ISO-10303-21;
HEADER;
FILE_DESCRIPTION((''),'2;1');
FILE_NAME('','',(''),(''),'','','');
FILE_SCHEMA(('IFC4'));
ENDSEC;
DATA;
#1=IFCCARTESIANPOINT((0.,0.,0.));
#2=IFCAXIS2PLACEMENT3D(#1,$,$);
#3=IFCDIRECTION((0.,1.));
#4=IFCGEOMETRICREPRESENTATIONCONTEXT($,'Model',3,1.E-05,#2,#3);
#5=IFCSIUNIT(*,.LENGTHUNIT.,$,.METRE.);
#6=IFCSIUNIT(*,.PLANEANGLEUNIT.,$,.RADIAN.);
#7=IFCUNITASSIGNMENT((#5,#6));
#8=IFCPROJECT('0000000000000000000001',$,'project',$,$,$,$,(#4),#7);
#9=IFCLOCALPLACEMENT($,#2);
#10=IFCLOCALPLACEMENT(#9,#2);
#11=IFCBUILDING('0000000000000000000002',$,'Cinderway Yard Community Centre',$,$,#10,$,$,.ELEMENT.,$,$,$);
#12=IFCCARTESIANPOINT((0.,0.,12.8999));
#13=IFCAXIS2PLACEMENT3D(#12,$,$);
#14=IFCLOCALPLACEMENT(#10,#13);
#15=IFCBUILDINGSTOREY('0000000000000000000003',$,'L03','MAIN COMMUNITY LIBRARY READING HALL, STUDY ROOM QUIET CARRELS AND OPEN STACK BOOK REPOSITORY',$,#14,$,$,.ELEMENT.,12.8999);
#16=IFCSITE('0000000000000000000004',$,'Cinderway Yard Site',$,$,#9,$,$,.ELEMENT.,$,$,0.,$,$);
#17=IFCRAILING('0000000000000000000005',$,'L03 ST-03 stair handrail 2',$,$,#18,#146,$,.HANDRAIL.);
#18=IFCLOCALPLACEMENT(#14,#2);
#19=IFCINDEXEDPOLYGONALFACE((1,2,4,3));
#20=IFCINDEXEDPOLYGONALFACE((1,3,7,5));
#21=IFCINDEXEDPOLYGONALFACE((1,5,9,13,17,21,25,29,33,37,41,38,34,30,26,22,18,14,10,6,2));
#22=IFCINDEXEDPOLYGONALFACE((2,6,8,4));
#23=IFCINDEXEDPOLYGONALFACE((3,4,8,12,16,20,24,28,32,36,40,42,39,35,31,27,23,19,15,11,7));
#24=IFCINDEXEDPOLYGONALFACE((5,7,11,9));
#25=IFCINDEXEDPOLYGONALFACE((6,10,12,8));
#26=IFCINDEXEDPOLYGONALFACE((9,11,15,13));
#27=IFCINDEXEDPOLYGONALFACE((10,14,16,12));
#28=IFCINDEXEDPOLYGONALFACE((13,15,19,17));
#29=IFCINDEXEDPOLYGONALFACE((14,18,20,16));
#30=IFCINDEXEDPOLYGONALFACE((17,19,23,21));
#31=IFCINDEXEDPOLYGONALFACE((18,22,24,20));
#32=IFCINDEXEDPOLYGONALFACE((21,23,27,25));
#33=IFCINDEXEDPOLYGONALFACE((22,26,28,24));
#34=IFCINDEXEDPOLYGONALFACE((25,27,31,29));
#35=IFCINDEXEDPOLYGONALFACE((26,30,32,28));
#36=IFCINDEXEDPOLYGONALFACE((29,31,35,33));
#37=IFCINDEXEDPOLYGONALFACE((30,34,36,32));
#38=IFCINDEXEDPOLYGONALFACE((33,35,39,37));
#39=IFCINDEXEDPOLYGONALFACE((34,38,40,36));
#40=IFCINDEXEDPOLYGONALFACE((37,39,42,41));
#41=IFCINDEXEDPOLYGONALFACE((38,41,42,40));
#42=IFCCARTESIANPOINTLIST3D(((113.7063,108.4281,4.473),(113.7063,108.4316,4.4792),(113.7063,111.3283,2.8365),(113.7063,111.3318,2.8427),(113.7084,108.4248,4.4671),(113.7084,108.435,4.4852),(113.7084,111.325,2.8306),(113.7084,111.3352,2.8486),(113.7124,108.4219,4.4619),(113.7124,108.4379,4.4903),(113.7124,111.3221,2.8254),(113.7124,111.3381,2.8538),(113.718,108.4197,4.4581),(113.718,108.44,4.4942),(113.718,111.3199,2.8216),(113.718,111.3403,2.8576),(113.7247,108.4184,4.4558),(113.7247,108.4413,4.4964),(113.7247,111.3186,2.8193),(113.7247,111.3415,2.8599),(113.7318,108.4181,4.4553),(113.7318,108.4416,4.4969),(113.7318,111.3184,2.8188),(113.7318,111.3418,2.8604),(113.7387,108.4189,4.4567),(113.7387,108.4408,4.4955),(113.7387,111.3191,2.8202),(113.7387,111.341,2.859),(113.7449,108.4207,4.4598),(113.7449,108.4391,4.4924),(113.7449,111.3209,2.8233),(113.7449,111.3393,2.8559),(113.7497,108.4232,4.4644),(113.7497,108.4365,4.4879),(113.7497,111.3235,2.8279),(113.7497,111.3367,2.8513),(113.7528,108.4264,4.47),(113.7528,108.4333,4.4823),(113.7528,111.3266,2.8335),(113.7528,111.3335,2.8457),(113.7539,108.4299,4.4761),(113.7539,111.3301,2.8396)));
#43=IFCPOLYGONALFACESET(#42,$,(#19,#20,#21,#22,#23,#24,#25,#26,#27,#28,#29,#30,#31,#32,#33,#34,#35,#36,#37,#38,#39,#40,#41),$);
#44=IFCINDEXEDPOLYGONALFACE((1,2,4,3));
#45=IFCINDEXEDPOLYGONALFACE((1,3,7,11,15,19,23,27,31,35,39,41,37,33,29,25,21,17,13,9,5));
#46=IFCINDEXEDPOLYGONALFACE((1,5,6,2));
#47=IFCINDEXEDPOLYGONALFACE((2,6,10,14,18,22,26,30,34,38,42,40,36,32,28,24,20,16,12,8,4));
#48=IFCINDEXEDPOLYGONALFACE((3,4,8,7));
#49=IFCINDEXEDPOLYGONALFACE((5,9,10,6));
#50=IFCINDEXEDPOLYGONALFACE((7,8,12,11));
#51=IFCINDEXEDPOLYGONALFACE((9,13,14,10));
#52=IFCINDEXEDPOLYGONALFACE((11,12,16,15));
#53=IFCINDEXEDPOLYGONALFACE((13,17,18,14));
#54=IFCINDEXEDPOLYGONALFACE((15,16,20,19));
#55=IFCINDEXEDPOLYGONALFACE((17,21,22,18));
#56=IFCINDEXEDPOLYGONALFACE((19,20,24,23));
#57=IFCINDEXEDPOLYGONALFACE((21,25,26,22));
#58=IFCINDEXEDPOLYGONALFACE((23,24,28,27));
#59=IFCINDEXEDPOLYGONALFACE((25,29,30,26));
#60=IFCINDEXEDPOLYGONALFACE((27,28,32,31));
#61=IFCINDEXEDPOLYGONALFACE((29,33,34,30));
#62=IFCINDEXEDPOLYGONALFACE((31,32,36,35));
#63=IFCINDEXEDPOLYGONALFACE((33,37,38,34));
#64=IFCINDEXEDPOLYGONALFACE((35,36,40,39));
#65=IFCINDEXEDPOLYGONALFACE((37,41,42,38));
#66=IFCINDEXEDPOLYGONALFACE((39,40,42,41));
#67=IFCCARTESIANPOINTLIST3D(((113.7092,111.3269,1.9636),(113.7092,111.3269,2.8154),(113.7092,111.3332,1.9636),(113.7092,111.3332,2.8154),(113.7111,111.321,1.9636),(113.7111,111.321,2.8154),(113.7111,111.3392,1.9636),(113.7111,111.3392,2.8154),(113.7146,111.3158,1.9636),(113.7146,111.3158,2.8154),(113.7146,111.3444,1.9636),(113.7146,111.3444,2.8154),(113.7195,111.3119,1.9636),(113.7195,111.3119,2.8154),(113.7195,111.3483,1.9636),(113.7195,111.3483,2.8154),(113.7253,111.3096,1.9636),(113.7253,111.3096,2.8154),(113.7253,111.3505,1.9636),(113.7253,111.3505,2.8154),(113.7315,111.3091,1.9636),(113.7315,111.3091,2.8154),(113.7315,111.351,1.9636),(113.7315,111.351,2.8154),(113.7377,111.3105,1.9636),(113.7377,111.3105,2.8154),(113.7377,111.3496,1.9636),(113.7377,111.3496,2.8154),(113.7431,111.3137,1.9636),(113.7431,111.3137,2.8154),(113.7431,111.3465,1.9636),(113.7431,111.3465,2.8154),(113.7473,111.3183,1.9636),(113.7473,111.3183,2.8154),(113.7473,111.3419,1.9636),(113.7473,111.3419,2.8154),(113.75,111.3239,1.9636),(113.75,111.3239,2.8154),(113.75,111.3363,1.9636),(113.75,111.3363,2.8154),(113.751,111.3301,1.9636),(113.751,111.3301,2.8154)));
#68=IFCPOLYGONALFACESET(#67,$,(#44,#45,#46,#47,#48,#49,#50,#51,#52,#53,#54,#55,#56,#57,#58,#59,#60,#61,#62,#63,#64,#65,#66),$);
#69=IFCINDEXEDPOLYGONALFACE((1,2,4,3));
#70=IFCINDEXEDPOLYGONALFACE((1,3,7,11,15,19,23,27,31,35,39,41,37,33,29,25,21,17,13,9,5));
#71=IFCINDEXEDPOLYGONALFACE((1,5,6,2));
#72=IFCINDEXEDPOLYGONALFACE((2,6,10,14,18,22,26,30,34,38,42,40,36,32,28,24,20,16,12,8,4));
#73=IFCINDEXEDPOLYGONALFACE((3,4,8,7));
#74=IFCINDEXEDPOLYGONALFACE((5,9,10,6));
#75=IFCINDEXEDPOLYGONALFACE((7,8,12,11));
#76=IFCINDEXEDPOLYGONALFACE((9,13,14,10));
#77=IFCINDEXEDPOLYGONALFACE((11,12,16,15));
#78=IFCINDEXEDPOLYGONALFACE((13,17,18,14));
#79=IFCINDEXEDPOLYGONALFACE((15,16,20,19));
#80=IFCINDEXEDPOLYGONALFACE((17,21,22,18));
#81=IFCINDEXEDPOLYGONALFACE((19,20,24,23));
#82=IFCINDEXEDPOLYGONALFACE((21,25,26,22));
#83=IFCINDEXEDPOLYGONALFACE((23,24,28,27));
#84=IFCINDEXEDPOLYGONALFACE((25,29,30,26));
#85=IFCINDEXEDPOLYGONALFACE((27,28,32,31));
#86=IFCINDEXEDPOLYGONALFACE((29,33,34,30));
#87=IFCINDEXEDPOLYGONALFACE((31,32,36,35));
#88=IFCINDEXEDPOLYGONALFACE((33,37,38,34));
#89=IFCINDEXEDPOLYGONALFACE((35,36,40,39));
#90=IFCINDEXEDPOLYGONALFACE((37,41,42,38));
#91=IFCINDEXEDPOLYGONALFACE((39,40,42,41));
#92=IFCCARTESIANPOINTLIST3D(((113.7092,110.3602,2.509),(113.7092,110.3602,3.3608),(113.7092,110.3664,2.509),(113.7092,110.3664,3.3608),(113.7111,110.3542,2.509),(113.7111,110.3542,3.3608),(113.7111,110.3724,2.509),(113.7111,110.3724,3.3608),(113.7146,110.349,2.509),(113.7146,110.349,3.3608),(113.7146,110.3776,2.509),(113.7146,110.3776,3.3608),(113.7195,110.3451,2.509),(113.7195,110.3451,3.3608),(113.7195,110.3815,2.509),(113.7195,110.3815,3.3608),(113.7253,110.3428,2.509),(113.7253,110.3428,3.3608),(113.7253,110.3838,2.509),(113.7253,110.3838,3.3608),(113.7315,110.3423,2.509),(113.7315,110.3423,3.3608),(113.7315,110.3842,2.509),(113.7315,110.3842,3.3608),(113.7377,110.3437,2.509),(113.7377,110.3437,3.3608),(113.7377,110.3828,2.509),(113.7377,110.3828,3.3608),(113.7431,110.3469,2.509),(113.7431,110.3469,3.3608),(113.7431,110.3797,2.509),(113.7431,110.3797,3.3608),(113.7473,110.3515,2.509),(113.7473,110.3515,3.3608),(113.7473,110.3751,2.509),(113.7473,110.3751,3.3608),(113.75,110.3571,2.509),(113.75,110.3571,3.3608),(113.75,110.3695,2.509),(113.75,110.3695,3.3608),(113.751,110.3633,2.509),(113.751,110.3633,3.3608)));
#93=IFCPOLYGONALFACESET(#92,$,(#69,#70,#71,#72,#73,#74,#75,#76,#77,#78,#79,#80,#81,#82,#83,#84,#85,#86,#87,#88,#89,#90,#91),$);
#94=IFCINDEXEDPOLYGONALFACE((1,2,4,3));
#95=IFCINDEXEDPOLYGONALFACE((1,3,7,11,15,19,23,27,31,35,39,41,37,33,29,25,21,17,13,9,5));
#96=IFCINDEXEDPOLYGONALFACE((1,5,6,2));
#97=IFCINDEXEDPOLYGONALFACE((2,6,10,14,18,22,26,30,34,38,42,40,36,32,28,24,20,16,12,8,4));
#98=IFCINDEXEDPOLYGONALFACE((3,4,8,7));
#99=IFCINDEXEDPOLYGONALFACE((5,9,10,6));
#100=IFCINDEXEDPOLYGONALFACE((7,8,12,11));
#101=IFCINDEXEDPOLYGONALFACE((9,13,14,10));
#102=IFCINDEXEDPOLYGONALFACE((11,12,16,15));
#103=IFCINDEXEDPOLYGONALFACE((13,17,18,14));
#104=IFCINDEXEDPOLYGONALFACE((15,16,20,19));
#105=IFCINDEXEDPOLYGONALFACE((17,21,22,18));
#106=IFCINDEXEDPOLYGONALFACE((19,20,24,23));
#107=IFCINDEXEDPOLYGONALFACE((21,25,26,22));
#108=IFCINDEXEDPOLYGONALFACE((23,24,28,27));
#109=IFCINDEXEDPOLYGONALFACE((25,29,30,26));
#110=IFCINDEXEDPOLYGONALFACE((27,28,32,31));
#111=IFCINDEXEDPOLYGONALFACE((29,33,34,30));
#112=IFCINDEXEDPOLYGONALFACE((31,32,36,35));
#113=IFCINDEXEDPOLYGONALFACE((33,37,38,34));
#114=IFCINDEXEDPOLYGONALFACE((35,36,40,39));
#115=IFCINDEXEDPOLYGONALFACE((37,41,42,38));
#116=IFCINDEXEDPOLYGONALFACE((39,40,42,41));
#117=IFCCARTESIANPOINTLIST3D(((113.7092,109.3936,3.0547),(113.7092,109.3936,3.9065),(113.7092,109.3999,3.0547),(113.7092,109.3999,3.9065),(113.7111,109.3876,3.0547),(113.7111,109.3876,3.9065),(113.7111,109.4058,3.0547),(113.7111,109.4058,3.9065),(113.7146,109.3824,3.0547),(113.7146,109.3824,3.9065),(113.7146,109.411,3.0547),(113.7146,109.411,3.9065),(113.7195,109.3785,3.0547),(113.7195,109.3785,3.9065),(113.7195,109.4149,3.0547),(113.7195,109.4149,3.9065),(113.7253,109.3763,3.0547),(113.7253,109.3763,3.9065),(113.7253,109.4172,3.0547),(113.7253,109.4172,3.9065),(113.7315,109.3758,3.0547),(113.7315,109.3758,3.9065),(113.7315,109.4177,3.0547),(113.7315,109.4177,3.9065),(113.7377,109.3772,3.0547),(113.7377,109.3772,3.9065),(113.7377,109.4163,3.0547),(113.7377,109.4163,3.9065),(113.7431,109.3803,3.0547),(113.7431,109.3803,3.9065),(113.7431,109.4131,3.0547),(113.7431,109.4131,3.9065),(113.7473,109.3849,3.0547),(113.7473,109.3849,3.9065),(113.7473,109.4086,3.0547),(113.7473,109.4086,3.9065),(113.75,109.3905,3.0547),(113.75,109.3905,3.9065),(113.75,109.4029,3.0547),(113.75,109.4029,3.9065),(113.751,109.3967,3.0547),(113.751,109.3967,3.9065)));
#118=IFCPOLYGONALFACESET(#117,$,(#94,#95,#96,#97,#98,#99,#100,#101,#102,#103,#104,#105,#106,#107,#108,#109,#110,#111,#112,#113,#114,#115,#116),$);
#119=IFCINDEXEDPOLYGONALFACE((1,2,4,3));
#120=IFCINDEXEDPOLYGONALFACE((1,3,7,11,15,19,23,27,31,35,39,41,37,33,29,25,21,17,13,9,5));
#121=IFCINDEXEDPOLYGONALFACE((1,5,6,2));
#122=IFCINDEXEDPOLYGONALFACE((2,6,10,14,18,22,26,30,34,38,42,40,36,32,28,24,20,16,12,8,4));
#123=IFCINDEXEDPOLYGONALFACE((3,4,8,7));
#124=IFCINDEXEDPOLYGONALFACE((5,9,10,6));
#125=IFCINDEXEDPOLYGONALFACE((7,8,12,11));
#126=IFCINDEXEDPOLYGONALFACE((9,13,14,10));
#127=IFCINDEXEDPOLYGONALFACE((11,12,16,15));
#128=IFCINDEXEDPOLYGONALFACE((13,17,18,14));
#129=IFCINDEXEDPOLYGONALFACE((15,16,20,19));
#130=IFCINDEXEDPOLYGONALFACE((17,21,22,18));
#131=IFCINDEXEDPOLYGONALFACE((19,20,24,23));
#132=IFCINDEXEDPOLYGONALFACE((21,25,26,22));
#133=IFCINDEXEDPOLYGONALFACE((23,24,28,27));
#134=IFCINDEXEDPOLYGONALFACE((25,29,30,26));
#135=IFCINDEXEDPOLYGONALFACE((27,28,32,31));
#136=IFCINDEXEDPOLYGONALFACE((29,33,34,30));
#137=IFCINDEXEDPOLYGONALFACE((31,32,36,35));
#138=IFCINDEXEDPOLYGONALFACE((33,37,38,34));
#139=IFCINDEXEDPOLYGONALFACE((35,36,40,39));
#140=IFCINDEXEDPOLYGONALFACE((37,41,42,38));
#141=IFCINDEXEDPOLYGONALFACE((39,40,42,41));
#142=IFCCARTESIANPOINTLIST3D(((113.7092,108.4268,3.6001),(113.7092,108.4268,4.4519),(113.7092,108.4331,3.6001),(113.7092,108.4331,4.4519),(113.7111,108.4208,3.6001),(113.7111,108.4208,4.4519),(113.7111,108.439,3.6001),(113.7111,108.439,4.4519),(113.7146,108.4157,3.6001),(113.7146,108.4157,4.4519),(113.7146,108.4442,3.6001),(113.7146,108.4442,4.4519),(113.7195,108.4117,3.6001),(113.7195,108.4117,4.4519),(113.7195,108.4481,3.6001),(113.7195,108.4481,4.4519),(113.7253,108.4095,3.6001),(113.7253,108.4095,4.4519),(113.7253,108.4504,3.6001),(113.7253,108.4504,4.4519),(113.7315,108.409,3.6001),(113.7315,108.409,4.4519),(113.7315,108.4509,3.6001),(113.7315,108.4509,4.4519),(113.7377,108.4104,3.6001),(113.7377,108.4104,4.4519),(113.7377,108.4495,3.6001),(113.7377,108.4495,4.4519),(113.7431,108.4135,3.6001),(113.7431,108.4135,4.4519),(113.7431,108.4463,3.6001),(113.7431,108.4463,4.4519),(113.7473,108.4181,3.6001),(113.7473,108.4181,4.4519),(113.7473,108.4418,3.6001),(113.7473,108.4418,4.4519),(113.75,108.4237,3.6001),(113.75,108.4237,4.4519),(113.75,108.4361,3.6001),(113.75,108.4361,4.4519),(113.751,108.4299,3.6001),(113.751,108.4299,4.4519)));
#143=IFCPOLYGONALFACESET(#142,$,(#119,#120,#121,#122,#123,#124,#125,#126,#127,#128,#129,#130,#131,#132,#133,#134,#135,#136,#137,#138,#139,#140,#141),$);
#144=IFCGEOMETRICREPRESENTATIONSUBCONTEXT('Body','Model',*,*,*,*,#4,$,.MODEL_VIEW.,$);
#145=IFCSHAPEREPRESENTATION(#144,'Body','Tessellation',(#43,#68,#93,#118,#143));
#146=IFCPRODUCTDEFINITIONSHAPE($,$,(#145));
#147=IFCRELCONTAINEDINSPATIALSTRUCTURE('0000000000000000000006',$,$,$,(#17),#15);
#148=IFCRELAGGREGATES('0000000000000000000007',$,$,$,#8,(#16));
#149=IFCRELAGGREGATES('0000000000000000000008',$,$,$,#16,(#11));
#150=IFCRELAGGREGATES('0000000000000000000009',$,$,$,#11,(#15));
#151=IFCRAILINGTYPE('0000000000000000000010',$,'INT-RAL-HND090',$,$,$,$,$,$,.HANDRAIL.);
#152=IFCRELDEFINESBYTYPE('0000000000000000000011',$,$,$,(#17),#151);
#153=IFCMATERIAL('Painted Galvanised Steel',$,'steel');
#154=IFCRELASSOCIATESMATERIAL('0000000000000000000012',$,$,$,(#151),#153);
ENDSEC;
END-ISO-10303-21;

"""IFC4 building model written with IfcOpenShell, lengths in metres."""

from ifc_helpers import new_model, si_unit, direction, frame, origin, origin_2d, place, context, subcontext, project, spatial, circle, extrude, material, type_object, element, save


model = new_model("IFC4")

# Units and contexts
model_context = context("Model", 3, precision=1e-05, world=origin(), true_north=direction((0.0, 1.0)))
body_context = subcontext(model_context, "Body", "Model", "MODEL_VIEW")
ifc_project = project(units=[si_unit("LENGTHUNIT", "METRE"), si_unit("PLANEANGLEUNIT", "RADIAN")], contexts=[model_context])

# Site, building, storey
site_placement = place(None, origin())
site = spatial("IfcSite", under=ifc_project, at=site_placement, Name="Cinderway Yard Site", CompositionType="ELEMENT", RefElevation=0.0)
building_placement = place(site_placement, origin())
building = spatial("IfcBuilding", under=site, at=building_placement, Name="Cinderway Yard Community Centre", CompositionType="ELEMENT")
storey_placement = place(building_placement, frame((0.0, 0.0, 12.8999)))
storey = spatial("IfcBuildingStorey", under=building, at=storey_placement, Name="L03", Description="MAIN COMMUNITY LIBRARY READING HALL, STUDY ROOM QUIET CARRELS AND OPEN STACK BOOK REPOSITORY", CompositionType="ELEMENT", Elevation=12.8999)

# Shared definitions
ifc_material_1 = material(Name="Painted Galvanised Steel", Category="steel")

# Railing
railing_type_1 = type_object("IfcRailingType", Name="INT-RAL-HND090", PredefinedType="HANDRAIL", material=ifc_material_1)
railing_1_placement = place(storey_placement, frame((113.73, 111.3301, 1.9636)))
element("IfcRailing", 1, at=railing_1_placement, inside=storey, type_object=railing_type_1, Name="L03 ST-03 stair handrail 2", PredefinedType="HANDRAIL", context=body_context, shape_type="SweptSolid", body=[
    extrude(circle(Radius=0.0239, at=origin_2d()), frame((0.0, 0.0, 0.876), z_axis=(0.0, -0.870915, 0.491434), x_axis=(1.0, 0.0, 0.0)), (0.0, 0.0, 1.0), 3.3301),
    extrude(circle(Radius=0.021, at=origin_2d()), origin(), (0.0, 0.0, 1.0), 0.8518),
    extrude(circle(Radius=0.021, at=origin_2d()), frame((0.0, -0.9668, 0.5454)), (0.0, 0.0, 1.0), 0.8518),
    extrude(circle(Radius=0.021, at=origin_2d()), frame((0.0, -1.9333, 1.0911)), (0.0, 0.0, 1.0), 0.8518),
    extrude(circle(Radius=0.021, at=origin_2d()), frame((0.0, -2.9001, 1.6365)), (0.0, 0.0, 1.0), 0.8518),
])

save(model, "model.ifc")
